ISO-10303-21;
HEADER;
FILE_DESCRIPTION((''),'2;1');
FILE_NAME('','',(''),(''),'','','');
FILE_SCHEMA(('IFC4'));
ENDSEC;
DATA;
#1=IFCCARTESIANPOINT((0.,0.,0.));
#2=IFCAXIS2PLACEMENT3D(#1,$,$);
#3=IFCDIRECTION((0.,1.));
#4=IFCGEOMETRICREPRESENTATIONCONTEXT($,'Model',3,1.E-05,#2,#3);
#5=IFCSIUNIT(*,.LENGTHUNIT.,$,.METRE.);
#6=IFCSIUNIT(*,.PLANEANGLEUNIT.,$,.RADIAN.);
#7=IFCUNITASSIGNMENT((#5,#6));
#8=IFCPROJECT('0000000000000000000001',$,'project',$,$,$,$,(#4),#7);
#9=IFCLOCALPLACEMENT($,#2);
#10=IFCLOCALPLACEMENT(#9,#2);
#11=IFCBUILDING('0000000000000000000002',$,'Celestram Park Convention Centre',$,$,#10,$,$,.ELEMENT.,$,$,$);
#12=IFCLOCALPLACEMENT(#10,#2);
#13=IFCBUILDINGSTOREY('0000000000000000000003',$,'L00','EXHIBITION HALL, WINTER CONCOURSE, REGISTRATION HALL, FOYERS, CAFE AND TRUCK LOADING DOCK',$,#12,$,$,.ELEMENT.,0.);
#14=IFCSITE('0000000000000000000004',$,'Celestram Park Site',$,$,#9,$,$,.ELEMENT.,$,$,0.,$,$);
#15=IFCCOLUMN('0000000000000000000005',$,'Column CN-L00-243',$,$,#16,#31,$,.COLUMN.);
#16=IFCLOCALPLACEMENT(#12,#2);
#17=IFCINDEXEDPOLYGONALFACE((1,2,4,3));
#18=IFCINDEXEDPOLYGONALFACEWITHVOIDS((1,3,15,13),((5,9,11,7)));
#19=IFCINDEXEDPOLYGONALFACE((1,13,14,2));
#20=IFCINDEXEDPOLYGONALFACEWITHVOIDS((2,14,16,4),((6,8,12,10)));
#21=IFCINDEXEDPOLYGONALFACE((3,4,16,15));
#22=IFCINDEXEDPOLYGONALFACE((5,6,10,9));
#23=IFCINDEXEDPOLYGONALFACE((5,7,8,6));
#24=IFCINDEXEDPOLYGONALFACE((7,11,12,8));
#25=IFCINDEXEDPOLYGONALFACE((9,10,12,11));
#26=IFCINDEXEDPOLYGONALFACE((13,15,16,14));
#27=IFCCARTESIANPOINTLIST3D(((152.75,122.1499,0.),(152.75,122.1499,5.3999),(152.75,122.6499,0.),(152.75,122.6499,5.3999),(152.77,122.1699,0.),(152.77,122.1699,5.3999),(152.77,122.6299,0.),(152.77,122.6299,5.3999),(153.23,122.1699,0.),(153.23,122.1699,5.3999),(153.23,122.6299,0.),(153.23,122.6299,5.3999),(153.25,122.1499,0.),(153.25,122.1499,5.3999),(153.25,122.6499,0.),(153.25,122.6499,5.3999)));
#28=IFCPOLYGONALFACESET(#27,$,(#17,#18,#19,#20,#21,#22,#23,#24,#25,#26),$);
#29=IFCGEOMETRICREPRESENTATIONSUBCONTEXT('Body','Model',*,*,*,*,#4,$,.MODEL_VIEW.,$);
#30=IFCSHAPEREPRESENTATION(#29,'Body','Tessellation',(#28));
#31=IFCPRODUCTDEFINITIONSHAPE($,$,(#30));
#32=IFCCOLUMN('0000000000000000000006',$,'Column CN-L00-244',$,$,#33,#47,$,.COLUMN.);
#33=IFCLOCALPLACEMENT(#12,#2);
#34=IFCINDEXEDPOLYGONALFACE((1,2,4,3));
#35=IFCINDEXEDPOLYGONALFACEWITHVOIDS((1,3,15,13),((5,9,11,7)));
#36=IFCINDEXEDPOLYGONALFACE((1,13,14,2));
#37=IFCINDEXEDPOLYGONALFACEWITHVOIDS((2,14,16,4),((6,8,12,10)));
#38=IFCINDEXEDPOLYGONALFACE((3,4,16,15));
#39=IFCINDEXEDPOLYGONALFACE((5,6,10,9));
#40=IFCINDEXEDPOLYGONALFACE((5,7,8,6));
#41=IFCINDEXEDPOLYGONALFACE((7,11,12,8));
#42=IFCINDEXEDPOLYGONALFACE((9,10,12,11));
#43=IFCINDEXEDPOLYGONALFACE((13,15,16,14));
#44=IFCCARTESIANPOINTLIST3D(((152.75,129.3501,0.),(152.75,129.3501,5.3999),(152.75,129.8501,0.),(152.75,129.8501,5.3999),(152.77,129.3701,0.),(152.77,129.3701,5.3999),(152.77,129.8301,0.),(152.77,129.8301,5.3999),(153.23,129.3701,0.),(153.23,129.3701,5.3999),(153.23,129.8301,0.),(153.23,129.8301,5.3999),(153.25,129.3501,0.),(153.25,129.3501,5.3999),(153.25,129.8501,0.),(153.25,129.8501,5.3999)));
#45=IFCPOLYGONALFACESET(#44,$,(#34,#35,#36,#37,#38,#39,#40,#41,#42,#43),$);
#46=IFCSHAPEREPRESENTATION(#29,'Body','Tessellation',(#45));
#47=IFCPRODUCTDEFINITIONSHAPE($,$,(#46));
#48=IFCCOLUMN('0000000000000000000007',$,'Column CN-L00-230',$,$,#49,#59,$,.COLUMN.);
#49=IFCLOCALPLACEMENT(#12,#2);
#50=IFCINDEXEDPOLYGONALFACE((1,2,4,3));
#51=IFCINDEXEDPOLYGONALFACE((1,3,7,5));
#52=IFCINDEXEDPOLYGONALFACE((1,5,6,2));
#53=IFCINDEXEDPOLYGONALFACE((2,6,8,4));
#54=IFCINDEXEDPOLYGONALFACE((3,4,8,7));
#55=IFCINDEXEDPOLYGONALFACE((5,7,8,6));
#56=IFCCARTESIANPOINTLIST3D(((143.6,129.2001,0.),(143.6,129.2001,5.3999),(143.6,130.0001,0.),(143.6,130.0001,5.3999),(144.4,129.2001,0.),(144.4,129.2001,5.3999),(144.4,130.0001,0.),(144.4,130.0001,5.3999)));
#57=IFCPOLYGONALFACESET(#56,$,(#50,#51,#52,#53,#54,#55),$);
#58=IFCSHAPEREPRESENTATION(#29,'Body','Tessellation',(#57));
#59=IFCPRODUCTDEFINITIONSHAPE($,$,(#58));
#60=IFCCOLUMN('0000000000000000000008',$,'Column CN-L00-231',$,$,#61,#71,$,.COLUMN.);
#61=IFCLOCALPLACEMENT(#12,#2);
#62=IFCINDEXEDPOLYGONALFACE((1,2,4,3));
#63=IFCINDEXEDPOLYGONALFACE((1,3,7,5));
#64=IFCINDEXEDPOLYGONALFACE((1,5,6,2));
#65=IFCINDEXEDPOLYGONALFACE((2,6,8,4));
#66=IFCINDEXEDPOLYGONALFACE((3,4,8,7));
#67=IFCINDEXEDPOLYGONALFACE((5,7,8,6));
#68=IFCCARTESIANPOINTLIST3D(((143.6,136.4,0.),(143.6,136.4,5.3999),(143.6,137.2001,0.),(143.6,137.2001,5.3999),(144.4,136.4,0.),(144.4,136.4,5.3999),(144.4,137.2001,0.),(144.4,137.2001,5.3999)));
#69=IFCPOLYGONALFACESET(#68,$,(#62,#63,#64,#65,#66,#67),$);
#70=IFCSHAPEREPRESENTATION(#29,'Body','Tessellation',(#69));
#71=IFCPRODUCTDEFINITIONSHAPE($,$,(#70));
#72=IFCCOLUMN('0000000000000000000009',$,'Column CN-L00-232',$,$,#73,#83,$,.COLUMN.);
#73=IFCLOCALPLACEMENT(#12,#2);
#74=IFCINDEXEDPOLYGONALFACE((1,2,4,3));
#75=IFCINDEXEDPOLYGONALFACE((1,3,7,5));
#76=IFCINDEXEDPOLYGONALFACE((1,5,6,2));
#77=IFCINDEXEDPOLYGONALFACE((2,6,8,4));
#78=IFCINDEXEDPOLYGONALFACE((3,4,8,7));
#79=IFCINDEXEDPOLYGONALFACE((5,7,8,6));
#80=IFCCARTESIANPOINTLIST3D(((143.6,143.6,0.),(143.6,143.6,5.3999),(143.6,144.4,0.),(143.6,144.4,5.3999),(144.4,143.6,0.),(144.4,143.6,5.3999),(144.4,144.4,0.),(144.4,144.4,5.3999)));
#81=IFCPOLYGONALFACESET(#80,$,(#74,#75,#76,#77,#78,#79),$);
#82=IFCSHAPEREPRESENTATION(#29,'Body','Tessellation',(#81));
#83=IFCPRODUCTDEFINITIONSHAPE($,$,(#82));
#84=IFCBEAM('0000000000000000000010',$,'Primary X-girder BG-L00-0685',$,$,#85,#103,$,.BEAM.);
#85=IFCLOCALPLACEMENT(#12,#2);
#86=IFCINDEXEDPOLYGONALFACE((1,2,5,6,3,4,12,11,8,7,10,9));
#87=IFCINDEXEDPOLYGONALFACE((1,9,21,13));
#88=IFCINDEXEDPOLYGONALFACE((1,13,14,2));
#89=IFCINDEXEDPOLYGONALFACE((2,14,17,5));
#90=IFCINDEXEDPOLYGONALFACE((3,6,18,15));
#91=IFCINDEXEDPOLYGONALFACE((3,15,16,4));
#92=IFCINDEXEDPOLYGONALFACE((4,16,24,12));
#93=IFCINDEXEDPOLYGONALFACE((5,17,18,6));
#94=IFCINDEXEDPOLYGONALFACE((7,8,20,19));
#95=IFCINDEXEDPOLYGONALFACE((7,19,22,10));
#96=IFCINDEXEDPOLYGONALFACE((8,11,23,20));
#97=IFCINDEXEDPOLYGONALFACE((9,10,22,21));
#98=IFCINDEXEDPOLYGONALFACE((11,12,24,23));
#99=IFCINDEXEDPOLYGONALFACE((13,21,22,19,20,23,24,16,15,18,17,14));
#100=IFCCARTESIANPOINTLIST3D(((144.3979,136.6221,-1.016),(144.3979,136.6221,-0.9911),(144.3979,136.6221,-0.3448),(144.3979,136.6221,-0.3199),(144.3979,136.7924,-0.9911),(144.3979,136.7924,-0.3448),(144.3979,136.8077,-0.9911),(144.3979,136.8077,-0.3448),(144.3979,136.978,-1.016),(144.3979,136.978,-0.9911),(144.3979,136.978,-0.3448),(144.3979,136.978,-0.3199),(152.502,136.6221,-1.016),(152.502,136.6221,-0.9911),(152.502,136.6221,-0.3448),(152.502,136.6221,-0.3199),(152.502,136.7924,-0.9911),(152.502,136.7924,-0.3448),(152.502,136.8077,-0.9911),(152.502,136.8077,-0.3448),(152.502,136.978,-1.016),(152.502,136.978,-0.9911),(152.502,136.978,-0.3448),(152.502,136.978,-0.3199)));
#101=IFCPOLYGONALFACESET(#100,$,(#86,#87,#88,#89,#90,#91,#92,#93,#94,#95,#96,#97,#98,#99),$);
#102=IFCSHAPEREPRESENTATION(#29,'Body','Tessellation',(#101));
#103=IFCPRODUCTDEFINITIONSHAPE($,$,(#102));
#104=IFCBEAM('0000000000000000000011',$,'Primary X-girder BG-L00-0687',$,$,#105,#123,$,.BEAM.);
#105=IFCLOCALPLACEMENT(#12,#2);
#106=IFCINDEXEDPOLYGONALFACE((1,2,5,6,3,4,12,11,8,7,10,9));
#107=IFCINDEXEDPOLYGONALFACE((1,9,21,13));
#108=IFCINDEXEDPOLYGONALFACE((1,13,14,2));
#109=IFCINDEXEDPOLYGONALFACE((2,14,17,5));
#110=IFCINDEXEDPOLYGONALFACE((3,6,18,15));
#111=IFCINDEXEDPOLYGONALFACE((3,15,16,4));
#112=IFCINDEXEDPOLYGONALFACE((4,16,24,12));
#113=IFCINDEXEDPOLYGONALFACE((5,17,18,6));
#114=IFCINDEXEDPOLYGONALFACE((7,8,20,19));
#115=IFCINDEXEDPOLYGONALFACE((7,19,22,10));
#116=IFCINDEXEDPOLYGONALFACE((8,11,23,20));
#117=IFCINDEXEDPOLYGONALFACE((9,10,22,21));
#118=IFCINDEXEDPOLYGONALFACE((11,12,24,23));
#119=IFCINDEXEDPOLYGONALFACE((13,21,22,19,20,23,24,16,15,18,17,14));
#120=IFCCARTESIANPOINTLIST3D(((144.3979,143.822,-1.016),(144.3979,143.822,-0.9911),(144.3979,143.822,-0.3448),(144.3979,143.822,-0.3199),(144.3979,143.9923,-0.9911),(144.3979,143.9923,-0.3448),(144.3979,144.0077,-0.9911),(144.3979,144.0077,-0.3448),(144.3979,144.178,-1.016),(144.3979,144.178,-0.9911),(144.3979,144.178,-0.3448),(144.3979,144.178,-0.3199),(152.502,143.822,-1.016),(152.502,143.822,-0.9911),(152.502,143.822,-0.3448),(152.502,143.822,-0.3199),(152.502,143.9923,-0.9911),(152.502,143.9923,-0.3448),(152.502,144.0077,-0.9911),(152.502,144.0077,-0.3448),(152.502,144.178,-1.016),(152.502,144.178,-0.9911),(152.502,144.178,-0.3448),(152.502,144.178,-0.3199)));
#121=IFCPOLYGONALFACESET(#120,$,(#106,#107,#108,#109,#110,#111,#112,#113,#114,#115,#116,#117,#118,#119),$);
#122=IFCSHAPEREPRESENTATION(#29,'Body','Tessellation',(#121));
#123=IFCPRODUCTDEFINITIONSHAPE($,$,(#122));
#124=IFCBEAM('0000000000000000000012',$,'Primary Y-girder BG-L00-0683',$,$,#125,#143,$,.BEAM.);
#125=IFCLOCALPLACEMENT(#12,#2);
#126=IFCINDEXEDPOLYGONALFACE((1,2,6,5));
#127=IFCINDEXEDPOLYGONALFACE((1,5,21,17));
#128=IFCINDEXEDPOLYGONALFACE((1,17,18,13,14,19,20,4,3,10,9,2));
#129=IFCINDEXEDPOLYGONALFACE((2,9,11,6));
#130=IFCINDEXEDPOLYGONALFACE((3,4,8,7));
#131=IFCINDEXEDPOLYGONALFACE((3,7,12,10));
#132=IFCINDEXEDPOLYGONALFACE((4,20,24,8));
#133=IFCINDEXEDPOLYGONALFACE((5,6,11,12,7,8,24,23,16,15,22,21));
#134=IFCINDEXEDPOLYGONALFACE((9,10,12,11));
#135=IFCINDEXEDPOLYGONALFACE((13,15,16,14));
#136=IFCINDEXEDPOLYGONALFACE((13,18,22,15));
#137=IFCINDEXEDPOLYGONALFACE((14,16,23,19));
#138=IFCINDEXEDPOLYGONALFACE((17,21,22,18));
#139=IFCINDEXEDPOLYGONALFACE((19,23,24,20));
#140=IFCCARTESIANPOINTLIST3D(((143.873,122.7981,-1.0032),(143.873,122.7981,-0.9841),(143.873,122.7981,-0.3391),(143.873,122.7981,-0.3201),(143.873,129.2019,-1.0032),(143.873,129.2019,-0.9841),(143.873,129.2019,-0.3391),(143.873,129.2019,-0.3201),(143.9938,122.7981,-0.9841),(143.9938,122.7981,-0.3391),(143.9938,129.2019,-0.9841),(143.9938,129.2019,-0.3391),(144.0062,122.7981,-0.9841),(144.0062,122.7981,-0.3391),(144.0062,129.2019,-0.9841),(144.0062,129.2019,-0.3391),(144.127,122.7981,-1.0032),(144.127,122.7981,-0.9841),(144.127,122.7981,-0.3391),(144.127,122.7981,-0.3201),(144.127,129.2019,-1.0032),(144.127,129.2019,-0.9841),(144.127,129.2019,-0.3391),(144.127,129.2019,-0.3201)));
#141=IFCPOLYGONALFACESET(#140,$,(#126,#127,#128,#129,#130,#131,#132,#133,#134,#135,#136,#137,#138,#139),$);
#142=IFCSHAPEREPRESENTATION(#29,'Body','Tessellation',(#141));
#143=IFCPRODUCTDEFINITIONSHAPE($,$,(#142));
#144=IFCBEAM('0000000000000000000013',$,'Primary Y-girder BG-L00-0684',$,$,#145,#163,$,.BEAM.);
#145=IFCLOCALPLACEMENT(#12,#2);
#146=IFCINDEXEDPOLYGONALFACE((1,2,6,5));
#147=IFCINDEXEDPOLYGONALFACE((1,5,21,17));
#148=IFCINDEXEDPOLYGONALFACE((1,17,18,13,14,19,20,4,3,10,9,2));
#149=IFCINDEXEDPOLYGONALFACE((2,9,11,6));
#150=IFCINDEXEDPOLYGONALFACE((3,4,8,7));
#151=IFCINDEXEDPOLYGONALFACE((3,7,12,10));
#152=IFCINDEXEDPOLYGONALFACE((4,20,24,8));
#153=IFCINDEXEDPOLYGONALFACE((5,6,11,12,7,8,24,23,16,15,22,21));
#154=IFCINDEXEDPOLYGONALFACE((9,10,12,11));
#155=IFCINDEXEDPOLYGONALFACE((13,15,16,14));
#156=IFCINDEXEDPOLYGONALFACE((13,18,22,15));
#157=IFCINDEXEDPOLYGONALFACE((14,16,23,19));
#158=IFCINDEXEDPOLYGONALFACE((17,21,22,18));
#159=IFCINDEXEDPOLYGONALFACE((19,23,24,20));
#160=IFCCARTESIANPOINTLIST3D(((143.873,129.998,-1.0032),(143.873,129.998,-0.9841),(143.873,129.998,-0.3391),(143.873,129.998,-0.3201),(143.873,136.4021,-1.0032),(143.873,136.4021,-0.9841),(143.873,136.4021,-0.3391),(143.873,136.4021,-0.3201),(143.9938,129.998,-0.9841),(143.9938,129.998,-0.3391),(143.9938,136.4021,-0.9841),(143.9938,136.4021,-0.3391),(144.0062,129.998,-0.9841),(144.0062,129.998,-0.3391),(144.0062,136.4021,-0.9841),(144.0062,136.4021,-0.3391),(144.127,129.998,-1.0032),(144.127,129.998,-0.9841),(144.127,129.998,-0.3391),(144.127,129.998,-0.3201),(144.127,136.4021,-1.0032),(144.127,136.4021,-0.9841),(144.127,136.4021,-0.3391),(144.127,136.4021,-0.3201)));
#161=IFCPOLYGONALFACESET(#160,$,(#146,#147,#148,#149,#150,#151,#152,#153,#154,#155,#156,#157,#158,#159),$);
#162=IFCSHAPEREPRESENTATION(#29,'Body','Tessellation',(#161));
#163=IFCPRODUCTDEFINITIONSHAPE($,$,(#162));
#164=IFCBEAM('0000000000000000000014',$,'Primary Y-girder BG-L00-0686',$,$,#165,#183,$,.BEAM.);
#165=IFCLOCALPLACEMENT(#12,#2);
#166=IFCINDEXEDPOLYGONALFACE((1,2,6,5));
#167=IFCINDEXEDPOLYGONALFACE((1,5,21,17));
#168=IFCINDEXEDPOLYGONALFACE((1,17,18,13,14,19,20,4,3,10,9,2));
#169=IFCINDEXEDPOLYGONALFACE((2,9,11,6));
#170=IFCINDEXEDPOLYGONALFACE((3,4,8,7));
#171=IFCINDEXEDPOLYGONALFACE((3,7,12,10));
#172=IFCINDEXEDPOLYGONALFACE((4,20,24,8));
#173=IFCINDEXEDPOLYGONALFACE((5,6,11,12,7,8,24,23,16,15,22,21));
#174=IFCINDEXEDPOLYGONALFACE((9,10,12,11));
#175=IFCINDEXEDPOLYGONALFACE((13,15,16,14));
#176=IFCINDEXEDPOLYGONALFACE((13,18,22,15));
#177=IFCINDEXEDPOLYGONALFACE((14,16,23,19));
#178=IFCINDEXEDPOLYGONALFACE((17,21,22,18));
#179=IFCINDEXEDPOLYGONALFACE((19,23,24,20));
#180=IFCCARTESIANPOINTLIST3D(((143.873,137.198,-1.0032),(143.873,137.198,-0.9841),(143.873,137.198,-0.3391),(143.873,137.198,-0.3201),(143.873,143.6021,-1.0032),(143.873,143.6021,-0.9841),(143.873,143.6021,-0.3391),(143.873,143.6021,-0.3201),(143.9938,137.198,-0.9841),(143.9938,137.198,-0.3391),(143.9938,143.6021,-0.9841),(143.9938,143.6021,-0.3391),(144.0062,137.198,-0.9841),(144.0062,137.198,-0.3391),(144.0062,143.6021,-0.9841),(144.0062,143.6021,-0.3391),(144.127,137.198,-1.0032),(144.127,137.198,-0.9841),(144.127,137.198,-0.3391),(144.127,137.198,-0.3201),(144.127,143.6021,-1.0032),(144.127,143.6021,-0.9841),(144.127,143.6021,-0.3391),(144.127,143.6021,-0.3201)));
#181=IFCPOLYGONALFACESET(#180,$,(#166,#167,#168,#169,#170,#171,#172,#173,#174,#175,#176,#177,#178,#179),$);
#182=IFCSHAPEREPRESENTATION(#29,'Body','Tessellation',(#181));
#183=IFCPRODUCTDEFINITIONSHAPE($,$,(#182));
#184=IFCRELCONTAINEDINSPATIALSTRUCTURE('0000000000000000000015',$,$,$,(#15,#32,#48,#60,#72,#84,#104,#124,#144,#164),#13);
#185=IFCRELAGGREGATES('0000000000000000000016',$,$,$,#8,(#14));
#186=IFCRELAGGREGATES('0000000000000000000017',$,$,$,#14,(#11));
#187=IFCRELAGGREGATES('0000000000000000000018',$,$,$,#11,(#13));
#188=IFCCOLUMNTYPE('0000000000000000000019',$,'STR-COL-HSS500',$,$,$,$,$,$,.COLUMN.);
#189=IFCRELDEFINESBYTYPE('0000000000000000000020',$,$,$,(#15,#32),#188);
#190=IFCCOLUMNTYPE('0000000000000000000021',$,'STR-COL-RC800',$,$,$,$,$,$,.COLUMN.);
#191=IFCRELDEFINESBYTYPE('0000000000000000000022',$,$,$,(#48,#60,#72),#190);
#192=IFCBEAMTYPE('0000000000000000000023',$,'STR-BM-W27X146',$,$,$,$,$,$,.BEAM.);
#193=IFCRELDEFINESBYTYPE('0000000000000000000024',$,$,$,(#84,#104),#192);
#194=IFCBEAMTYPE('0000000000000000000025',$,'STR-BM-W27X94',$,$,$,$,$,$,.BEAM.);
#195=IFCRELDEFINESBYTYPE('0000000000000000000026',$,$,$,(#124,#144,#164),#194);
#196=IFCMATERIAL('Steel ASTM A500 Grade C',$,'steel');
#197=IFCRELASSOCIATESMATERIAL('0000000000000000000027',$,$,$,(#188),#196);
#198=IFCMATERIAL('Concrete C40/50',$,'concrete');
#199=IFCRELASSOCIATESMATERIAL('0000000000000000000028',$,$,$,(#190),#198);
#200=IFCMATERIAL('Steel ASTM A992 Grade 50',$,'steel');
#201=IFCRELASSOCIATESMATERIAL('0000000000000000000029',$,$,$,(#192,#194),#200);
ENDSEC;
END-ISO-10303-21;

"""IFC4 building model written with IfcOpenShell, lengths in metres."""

from ifc_helpers import new_model, si_unit, direction, frame, origin, origin_2d, place, context, subcontext, project, spatial, rectangle, hollow_rectangle, i_section, extrude, material, material_profile, profile_set, type_object, element, save


model = new_model("IFC4")

# Units and contexts
model_context = context("Model", 3, precision=1e-05, world=origin(), true_north=direction((0.0, 1.0)))
body_context = subcontext(model_context, "Body", "Model", "MODEL_VIEW")
ifc_project = project(units=[si_unit("LENGTHUNIT", "METRE"), si_unit("PLANEANGLEUNIT", "RADIAN")], contexts=[model_context])

# Site, building, storey
site_placement = place(None, origin())
site = spatial("IfcSite", under=ifc_project, at=site_placement, Name="Celestram Park Site", CompositionType="ELEMENT", RefElevation=0.0)
building_placement = place(site_placement, origin())
building = spatial("IfcBuilding", under=site, at=building_placement, Name="Celestram Park Convention Centre", CompositionType="ELEMENT")
storey_placement = place(building_placement, origin())
storey = spatial("IfcBuildingStorey", under=building, at=storey_placement, Name="L00", Description="EXHIBITION HALL, WINTER CONCOURSE, REGISTRATION HALL, FOYERS, CAFE AND TRUCK LOADING DOCK", CompositionType="ELEMENT", Elevation=0.0)

# Columns
ifc_material_1 = material(Name="Steel ASTM A500 Grade C", Category="steel")
ifc_material_profile_1 = material_profile(ifc_material_1, hollow_rectangle(XDim=0.5, YDim=0.5, WallThickness=0.02, at=origin_2d()), Name="HSS500X500X20")
ifc_profile_set_1 = profile_set([ifc_material_profile_1], Name="Steel ASTM A500 Grade C")
column_type_1 = type_object("IfcColumnType", Name="STR-COL-HSS500", PredefinedType="COLUMN", material=ifc_profile_set_1)
for number, where, z_axis, x_axis, name in (
    (1, (153.0, 122.3999, 0.0), (0.0, 0.0, 1.0), (1.0, 0.0, 0.0), "Column CN-L00-243"),
    (2, (153.0, 129.6001, 0.0), (0.0, 0.0, 1.0), (1.0, 0.0, 0.0), "Column CN-L00-244"),
):
    element("IfcColumn", number, at=place(storey_placement, frame(where, z_axis=z_axis, x_axis=x_axis)), inside=storey, type_object=column_type_1, Name=name, PredefinedType="COLUMN", context=body_context, shape_type="SweptSolid", body=[
        extrude(hollow_rectangle(XDim=0.5, YDim=0.5, WallThickness=0.02, at=origin_2d()), origin(), (0.0, 0.0, 1.0), 5.3999),
    ])
ifc_material_2 = material(Name="Concrete C40/50", Category="concrete")
ifc_material_profile_2 = material_profile(ifc_material_2, rectangle(XDim=0.8, YDim=0.8, at=origin_2d()), Name="RC800X800")
ifc_profile_set_2 = profile_set([ifc_material_profile_2], Name="Concrete C40/50")
column_type_2 = type_object("IfcColumnType", Name="STR-COL-RC800", PredefinedType="COLUMN", material=ifc_profile_set_2)
for number, where, z_axis, x_axis, name in (
    (3, (144.0, 129.6001, 0.0), (0.0, 0.0, 1.0), (1.0, 0.0, 0.0), "Column CN-L00-230"),
    (4, (144.0, 136.8, 0.0), (0.0, 0.0, 1.0), (1.0, 0.0, 0.0), "Column CN-L00-231"),
    (5, (144.0, 144.0, 0.0), (0.0, 0.0, 1.0), (1.0, 0.0, 0.0), "Column CN-L00-232"),
):
    element("IfcColumn", number, at=place(storey_placement, frame(where, z_axis=z_axis, x_axis=x_axis)), inside=storey, type_object=column_type_2, Name=name, PredefinedType="COLUMN", context=body_context, shape_type="SweptSolid", body=[
        extrude(rectangle(XDim=0.8, YDim=0.8, at=origin_2d()), origin(), (0.0, 0.0, 1.0), 5.3999),
    ])

# Beams
ifc_material_3 = material(Name="Steel ASTM A992 Grade 50", Category="steel")
ifc_material_profile_3 = material_profile(ifc_material_3, i_section(OverallWidth=0.356, OverallDepth=0.696, WebThickness=0.0154, FlangeThickness=0.0249, at=origin_2d()), Name="W27X146")
ifc_profile_set_3 = profile_set([ifc_material_profile_3], Name="Steel ASTM A992 Grade 50")
beam_type_1 = type_object("IfcBeamType", Name="STR-BM-W27X146", PredefinedType="BEAM", material=ifc_profile_set_3)
for number, where, z_axis, x_axis, name in (
    (6, (144.3979, 136.8, -0.668), (1.0, 0.0, 0.0), (0.0, 1.0, 0.0), "Primary X-girder BG-L00-0685"),
    (7, (144.3979, 144.0, -0.668), (1.0, 0.0, 0.0), (0.0, 1.0, 0.0), "Primary X-girder BG-L00-0687"),
):
    element("IfcBeam", number, at=place(storey_placement, frame(where, z_axis=z_axis, x_axis=x_axis)), inside=storey, type_object=beam_type_1, Name=name, PredefinedType="BEAM", context=body_context, shape_type="SweptSolid", body=[
        extrude(i_section(OverallWidth=0.356, OverallDepth=0.696, WebThickness=0.0154, FlangeThickness=0.0249, at=origin_2d()), origin(), (0.0, 0.0, 1.0), 8.104),
    ])
ifc_material_profile_4 = material_profile(ifc_material_3, i_section(OverallWidth=0.2539, OverallDepth=0.6831, WebThickness=0.0125, FlangeThickness=0.019, at=origin_2d()), Name="W27X94")
ifc_profile_set_4 = profile_set([ifc_material_profile_4], Name="Steel ASTM A992 Grade 50")
beam_type_2 = type_object("IfcBeamType", Name="STR-BM-W27X94", PredefinedType="BEAM", material=ifc_profile_set_4)
beam_1_placement = place(storey_placement, frame((144.0, 122.7981, -0.6616), z_axis=(0.0, 1.0, 0.0), x_axis=(-1.0, 0.0, 0.0)))
element("IfcBeam", 8, at=beam_1_placement, inside=storey, type_object=beam_type_2, Name="Primary Y-girder BG-L00-0683", PredefinedType="BEAM", context=body_context, shape_type="SweptSolid", body=[
    extrude(i_section(OverallWidth=0.2539, OverallDepth=0.6831, WebThickness=0.0125, FlangeThickness=0.019, at=origin_2d()), origin(), (0.0, 0.0, 1.0), 6.4038),
])
for number, where, z_axis, x_axis, name in (
    (9, (144.0, 129.998, -0.6616), (0.0, 1.0, 0.0), (-1.0, 0.0, 0.0), "Primary Y-girder BG-L00-0684"),
    (10, (144.0, 137.198, -0.6616), (0.0, 1.0, 0.0), (-1.0, 0.0, 0.0), "Primary Y-girder BG-L00-0686"),
):
    element("IfcBeam", number, at=place(storey_placement, frame(where, z_axis=z_axis, x_axis=x_axis)), inside=storey, type_object=beam_type_2, Name=name, PredefinedType="BEAM", context=body_context, shape_type="SweptSolid", body=[
        extrude(i_section(OverallWidth=0.2539, OverallDepth=0.6831, WebThickness=0.0125, FlangeThickness=0.019, at=origin_2d()), origin(), (0.0, 0.0, 1.0), 6.4041),
    ])

save(model, "model.ifc")
